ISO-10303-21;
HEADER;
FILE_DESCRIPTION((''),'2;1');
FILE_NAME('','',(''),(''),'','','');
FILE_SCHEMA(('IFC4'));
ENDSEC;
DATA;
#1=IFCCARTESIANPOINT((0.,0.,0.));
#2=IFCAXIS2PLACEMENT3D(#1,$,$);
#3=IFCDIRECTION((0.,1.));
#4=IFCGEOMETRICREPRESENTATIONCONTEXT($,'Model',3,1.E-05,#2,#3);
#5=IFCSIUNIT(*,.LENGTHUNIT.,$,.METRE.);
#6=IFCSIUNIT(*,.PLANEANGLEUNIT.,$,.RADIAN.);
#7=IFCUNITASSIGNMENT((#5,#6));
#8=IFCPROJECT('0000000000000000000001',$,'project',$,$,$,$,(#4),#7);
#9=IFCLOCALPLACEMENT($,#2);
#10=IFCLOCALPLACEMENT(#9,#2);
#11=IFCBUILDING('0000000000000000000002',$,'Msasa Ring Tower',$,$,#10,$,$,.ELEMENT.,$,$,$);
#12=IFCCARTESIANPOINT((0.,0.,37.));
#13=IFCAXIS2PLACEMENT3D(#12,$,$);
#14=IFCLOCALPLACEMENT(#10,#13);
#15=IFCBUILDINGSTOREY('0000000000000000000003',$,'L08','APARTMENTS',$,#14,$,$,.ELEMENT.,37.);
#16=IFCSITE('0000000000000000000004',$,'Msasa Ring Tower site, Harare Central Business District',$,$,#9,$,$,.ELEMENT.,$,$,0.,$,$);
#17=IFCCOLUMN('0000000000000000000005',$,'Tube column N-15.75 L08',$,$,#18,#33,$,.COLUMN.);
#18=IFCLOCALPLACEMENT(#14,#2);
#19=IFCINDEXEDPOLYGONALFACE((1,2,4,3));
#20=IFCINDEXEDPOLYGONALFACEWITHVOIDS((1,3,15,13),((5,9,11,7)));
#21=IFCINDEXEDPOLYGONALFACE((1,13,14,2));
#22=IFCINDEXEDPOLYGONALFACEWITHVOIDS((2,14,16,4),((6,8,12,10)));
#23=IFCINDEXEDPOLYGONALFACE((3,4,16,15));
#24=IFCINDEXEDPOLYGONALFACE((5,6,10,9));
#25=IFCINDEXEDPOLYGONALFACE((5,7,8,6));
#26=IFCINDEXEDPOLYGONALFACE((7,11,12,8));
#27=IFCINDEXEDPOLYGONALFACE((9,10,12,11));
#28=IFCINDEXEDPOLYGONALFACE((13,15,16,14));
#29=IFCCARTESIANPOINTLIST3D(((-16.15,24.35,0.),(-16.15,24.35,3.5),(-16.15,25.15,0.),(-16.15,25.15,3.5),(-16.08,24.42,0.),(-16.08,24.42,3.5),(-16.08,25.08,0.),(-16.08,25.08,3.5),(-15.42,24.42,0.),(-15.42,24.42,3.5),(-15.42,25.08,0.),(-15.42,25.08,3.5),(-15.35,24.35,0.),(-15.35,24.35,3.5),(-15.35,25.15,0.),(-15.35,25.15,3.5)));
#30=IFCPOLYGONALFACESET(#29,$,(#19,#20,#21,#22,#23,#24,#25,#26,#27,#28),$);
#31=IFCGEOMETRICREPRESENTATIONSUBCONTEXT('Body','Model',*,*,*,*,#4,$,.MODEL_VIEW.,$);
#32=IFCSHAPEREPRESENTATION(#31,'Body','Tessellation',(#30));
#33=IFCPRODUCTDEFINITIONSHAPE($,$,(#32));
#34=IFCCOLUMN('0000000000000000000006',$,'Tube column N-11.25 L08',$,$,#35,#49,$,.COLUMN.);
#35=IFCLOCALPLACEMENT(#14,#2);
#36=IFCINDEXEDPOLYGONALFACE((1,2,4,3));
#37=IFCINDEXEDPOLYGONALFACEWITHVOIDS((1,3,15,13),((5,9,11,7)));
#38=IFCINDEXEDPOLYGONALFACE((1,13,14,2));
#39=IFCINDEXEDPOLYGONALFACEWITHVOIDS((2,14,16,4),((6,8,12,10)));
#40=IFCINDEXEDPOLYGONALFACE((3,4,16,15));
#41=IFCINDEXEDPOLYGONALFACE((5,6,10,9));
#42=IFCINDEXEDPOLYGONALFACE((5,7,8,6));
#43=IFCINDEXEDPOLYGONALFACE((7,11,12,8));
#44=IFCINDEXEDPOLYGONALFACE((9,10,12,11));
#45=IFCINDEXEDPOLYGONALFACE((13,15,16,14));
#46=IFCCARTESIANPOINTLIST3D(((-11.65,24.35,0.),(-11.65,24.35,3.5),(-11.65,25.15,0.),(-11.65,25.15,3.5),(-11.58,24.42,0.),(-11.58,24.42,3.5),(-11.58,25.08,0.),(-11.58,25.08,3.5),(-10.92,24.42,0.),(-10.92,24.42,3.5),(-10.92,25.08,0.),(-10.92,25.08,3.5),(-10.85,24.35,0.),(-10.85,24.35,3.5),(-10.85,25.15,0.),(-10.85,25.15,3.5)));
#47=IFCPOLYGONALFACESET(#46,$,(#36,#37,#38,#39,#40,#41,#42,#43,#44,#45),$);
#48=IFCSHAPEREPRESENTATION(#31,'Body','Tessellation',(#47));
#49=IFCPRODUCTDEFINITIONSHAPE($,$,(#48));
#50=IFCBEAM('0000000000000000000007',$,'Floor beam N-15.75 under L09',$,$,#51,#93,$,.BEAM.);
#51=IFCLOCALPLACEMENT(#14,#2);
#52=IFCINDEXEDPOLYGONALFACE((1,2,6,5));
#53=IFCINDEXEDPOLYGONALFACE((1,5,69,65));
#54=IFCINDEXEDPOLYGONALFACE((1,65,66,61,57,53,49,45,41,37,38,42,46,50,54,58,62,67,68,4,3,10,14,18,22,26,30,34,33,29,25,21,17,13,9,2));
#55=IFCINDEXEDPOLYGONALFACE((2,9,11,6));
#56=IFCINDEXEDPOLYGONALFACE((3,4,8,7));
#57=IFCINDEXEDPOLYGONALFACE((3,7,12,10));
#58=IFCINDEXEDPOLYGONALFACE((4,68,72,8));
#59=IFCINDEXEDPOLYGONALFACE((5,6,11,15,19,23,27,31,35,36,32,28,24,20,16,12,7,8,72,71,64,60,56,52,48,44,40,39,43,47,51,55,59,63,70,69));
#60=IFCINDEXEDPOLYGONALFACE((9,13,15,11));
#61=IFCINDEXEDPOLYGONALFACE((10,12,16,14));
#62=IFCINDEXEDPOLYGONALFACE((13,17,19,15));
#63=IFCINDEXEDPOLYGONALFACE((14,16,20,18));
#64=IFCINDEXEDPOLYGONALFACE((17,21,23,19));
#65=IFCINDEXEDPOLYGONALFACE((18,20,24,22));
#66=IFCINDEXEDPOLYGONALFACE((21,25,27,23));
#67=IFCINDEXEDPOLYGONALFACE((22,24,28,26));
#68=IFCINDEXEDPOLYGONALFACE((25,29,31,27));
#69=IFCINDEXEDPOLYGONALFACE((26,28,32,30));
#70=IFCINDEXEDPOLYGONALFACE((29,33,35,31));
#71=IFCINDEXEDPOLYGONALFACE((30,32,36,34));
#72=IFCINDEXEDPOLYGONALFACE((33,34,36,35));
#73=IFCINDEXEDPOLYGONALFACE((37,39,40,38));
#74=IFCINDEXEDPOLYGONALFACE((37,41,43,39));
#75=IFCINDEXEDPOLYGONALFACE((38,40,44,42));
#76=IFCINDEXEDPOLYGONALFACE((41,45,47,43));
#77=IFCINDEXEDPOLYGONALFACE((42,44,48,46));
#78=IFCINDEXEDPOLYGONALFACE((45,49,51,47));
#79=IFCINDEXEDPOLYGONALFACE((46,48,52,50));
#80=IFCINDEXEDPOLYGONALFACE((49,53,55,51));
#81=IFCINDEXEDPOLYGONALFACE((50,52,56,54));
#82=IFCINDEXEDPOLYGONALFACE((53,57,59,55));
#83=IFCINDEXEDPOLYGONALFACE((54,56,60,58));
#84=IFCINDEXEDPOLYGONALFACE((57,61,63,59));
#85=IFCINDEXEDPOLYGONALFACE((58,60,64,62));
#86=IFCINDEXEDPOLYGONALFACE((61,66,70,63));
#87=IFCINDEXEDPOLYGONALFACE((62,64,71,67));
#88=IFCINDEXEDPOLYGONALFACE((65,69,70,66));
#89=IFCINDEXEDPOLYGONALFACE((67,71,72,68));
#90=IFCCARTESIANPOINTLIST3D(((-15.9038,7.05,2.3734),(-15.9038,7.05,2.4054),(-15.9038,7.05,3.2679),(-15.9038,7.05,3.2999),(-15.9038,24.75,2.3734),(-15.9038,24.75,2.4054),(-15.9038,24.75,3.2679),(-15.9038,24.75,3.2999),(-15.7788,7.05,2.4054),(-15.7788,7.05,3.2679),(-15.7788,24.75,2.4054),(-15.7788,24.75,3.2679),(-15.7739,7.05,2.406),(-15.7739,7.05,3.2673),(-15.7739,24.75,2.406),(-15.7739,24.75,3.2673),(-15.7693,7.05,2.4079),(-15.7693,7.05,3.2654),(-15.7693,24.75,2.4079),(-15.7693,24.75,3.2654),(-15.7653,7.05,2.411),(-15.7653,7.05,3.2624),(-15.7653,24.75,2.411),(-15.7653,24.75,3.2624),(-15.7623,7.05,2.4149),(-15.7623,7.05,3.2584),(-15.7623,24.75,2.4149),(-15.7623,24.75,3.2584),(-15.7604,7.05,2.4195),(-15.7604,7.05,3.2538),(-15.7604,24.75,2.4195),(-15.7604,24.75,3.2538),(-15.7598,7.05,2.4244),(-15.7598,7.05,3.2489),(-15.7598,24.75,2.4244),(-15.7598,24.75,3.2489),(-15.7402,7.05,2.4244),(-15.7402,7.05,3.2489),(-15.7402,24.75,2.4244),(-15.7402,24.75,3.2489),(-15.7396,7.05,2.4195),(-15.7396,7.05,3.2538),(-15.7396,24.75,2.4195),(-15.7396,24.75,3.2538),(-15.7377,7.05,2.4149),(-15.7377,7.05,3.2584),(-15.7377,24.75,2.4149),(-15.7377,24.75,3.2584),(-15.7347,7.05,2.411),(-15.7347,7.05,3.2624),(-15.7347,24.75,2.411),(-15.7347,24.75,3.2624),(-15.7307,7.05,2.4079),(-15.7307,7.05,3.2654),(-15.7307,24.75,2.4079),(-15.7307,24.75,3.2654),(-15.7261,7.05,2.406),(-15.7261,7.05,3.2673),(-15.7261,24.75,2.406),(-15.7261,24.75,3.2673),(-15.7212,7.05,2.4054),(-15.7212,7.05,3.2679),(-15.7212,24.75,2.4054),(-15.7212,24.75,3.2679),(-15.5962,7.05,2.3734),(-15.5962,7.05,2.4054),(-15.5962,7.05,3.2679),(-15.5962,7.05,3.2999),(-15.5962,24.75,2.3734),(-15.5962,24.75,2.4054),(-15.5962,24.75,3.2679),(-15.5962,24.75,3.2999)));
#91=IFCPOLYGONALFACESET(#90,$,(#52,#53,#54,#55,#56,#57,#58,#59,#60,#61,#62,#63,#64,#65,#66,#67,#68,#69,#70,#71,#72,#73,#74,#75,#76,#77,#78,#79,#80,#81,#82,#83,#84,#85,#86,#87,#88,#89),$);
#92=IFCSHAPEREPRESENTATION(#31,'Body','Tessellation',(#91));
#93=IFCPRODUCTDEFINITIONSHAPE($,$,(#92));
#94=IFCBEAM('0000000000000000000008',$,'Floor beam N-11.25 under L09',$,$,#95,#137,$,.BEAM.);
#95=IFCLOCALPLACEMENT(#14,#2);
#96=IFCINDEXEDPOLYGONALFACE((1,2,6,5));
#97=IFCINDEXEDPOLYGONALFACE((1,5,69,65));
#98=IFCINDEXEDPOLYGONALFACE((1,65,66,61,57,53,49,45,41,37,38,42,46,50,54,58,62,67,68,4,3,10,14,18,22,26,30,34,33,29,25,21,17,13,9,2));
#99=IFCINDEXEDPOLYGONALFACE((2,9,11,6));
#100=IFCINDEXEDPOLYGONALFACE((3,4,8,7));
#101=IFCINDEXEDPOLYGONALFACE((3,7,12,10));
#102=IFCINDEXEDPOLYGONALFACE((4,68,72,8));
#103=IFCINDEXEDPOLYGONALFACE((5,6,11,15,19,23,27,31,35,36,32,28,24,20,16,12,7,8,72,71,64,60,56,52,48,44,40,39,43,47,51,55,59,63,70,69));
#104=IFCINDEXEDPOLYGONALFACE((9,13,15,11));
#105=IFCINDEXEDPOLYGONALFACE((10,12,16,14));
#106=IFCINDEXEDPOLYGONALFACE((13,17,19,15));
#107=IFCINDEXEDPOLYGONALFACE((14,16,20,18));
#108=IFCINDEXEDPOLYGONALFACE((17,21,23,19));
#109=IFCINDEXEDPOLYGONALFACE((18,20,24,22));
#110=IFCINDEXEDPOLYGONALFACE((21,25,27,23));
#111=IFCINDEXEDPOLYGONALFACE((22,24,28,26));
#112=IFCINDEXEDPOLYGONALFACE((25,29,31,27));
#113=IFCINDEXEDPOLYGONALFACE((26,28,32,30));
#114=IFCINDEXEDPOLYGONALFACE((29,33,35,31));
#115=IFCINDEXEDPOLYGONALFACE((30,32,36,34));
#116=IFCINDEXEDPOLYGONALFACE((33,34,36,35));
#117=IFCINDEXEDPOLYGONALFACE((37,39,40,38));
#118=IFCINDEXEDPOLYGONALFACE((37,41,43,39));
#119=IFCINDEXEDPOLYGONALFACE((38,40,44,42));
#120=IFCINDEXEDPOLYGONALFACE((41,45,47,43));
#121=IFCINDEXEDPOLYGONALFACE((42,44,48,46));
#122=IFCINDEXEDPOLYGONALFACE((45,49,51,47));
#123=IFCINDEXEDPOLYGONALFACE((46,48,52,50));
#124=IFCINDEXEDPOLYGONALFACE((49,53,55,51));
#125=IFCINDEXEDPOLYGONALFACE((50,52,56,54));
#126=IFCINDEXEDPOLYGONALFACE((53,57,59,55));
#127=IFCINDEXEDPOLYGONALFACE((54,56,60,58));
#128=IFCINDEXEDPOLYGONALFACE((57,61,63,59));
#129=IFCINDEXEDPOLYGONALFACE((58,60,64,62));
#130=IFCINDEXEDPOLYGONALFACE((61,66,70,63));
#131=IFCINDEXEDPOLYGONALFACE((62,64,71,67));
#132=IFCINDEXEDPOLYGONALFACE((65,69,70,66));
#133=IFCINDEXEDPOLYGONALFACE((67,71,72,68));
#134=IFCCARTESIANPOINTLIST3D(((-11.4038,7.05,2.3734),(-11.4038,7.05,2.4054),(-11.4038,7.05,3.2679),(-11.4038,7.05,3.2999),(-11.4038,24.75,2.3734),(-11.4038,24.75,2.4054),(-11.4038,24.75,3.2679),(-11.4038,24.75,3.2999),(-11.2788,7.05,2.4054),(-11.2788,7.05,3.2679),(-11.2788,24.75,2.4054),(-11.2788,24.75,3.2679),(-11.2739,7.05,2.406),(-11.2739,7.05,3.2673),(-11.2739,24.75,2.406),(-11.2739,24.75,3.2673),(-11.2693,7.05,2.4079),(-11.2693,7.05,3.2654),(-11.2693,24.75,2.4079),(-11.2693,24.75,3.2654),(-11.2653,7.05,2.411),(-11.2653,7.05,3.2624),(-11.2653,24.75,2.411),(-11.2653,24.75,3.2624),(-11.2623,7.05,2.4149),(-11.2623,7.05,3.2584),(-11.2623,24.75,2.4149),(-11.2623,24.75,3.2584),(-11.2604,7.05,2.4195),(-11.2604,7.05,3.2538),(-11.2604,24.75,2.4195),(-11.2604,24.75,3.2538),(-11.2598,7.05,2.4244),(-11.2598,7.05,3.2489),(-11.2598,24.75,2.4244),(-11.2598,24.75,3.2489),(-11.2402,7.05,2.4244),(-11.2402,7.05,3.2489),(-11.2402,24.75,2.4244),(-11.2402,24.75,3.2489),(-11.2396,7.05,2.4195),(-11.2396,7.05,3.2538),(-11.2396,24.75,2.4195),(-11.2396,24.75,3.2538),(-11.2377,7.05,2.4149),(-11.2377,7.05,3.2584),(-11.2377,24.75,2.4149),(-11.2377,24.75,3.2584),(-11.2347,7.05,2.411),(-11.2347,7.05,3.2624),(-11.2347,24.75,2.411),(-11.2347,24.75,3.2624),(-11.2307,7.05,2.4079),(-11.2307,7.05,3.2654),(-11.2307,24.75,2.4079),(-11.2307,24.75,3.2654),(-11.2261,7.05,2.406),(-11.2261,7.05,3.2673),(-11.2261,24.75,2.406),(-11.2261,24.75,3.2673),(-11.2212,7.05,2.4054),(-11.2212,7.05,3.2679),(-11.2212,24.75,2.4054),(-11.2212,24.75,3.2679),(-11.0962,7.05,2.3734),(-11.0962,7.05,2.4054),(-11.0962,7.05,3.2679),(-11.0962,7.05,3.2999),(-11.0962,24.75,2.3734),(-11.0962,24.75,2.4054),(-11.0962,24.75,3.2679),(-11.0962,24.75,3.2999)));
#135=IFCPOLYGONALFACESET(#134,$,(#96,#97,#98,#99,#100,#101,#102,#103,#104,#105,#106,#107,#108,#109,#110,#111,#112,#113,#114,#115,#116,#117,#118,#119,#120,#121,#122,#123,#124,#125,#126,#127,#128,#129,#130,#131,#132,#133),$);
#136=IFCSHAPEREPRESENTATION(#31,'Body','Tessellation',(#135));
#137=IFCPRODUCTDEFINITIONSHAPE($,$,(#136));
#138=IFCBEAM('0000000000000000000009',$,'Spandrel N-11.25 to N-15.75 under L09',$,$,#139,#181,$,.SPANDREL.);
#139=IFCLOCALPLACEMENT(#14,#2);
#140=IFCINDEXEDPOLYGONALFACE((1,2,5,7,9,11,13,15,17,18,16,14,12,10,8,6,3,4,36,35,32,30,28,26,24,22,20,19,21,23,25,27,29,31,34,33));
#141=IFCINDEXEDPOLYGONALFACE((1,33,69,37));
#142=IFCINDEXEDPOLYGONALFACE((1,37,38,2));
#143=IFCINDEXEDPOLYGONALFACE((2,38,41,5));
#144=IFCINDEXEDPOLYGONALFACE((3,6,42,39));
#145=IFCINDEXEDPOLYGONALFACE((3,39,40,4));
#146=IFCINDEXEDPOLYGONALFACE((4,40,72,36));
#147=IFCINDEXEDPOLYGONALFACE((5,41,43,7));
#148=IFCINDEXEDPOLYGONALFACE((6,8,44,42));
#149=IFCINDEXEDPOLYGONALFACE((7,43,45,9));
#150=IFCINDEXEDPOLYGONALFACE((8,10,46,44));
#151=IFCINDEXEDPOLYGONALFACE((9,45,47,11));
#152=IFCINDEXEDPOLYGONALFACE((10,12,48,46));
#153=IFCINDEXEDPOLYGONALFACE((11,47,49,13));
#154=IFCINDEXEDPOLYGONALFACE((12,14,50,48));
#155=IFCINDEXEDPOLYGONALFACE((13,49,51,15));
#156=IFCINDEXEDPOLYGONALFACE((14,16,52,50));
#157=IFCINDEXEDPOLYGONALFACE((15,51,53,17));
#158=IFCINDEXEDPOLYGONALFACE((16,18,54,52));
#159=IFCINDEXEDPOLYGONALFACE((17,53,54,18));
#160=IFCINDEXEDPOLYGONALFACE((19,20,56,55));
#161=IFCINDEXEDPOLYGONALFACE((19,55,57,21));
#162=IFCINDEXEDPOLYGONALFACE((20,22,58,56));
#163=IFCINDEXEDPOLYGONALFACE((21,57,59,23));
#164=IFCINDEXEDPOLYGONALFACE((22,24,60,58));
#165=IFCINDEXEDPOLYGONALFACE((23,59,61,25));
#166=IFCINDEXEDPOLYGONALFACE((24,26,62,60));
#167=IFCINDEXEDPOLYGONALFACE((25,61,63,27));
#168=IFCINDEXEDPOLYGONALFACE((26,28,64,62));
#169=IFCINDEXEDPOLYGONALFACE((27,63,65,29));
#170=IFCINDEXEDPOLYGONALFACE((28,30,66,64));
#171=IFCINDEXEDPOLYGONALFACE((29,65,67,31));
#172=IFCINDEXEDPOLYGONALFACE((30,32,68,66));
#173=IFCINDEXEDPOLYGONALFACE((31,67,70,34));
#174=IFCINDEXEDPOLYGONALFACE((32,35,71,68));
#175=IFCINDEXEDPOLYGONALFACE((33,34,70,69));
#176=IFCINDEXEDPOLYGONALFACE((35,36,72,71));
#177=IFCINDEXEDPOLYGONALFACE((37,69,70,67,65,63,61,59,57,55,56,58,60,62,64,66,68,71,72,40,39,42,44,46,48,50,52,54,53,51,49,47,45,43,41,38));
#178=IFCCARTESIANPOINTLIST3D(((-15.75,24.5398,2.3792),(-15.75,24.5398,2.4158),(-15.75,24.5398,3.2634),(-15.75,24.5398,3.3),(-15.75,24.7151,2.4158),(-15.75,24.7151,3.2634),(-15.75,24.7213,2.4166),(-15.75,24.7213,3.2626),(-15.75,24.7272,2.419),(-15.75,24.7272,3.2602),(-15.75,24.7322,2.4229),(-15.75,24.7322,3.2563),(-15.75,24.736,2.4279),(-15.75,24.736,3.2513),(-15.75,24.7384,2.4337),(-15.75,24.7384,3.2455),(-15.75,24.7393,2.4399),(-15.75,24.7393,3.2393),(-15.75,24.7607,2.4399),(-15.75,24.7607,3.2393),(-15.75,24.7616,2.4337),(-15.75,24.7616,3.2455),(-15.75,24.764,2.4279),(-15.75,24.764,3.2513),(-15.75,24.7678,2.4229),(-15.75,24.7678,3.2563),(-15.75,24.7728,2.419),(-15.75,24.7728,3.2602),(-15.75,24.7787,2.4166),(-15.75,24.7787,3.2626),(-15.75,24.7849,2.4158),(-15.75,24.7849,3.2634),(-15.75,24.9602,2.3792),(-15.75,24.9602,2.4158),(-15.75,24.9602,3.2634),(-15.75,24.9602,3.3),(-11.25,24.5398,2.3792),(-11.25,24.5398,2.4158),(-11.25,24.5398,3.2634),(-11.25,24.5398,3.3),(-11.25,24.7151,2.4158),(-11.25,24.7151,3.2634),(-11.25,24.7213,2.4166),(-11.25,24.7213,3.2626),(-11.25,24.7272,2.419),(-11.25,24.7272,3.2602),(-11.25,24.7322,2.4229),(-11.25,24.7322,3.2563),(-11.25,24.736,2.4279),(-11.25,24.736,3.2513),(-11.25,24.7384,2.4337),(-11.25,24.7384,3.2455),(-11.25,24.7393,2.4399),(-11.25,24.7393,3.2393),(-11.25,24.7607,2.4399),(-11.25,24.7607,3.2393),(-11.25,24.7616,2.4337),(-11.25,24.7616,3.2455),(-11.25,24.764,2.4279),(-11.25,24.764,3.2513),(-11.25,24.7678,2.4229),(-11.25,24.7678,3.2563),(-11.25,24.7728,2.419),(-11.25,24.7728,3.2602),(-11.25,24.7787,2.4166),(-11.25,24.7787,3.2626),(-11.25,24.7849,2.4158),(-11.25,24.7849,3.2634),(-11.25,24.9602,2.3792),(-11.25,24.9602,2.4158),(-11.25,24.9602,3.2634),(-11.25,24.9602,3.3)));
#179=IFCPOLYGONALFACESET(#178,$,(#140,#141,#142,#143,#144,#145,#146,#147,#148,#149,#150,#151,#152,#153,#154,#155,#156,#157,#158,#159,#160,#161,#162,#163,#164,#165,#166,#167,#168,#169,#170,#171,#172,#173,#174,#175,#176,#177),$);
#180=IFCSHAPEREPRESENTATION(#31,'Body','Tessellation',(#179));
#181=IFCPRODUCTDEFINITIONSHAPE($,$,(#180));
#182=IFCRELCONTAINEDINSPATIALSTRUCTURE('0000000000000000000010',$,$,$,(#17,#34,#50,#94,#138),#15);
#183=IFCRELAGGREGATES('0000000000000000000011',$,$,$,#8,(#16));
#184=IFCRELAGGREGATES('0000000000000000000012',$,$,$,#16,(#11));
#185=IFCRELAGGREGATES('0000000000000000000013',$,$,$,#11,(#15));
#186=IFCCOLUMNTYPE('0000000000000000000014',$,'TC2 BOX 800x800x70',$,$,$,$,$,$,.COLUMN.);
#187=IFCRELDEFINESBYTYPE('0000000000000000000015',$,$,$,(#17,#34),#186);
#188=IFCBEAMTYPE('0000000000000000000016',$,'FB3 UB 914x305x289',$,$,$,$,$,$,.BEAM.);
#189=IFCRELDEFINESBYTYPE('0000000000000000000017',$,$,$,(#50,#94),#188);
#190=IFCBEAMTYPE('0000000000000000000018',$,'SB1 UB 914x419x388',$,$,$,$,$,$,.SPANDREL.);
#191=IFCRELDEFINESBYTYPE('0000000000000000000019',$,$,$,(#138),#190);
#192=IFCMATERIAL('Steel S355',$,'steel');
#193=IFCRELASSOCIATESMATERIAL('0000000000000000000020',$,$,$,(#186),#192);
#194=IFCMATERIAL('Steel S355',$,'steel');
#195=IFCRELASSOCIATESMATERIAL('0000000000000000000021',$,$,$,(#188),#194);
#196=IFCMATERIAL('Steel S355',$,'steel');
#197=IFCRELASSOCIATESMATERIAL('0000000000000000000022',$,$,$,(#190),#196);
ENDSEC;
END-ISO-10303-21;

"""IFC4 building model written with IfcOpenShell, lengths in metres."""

from ifc_helpers import new_model, si_unit, direction, frame, origin, origin_2d, place, context, subcontext, project, spatial, hollow_rectangle, i_section, extrude, material, material_profile, profile_set, type_object, element, save


model = new_model("IFC4")

# Units and contexts
model_context = context("Model", 3, precision=1e-05, world=origin(), true_north=direction((0.0, 1.0)))
body_context = subcontext(model_context, "Body", "Model", "MODEL_VIEW")
ifc_project = project(units=[si_unit("LENGTHUNIT", "METRE"), si_unit("PLANEANGLEUNIT", "RADIAN")], contexts=[model_context])

# Site, building, storey
site_placement = place(None, origin())
site = spatial("IfcSite", under=ifc_project, at=site_placement, Name="Msasa Ring Tower site, Harare Central Business District", CompositionType="ELEMENT", RefElevation=0.0)
building_placement = place(site_placement, origin())
building = spatial("IfcBuilding", under=site, at=building_placement, Name="Msasa Ring Tower", CompositionType="ELEMENT")
storey_placement = place(building_placement, frame((0.0, 0.0, 37.0)))
storey = spatial("IfcBuildingStorey", under=building, at=storey_placement, Name="L08", Description="APARTMENTS", CompositionType="ELEMENT", Elevation=37.0)

# Columns
ifc_material_1 = material(Name="Steel S355", Category="steel")
ifc_material_profile_1 = material_profile(ifc_material_1, hollow_rectangle(XDim=0.8, YDim=0.8, WallThickness=0.0701, at=origin_2d()), Name="BOX 800x800x70")
ifc_profile_set_1 = profile_set([ifc_material_profile_1], Name="Steel S355")
column_type = type_object("IfcColumnType", Name="TC2 BOX 800x800x70", PredefinedType="COLUMN", material=ifc_profile_set_1)
for number, where, z_axis, x_axis, name in (
    (1, (-15.75, 24.75, 0.0), (0.0, 0.0, 1.0), (0.0, 1.0, 0.0), "Tube column N-15.75 L08"),
    (2, (-11.25, 24.75, 0.0), (0.0, 0.0, 1.0), (0.0, 1.0, 0.0), "Tube column N-11.25 L08"),
):
    element("IfcColumn", number, at=place(storey_placement, frame(where, z_axis=z_axis, x_axis=x_axis)), inside=storey, type_object=column_type, Name=name, PredefinedType="COLUMN", context=body_context, shape_type="SweptSolid", body=[
        extrude(hollow_rectangle(XDim=0.8, YDim=0.8, WallThickness=0.0701, at=origin_2d()), origin(), (0.0, 0.0, 1.0), 3.5),
    ])

# Beams
ifc_material_2 = material(Name="Steel S355", Category="steel")
ifc_material_profile_2 = material_profile(ifc_material_2, i_section(OverallWidth=0.3076, OverallDepth=0.9265, WebThickness=0.0195, FlangeThickness=0.032, FilletRadius=0.019, at=origin_2d()), Name="UB 914x305x289")
ifc_profile_set_2 = profile_set([ifc_material_profile_2], Name="Steel S355")
beam_type_1 = type_object("IfcBeamType", Name="FB3 UB 914x305x289", PredefinedType="BEAM", material=ifc_profile_set_2)
for number, where, z_axis, x_axis, name in (
    (3, (-15.75, 24.75, 2.8367), (0.0, -1.0, 0.0), (1.0, 0.0, 0.0), "Floor beam N-15.75 under L09"),
    (4, (-11.25, 24.75, 2.8367), (0.0, -1.0, 0.0), (1.0, 0.0, 0.0), "Floor beam N-11.25 under L09"),
):
    element("IfcBeam", number, at=place(storey_placement, frame(where, z_axis=z_axis, x_axis=x_axis)), inside=storey, type_object=beam_type_1, Name=name, PredefinedType="BEAM", context=body_context, shape_type="SweptSolid", body=[
        extrude(i_section(OverallWidth=0.3076, OverallDepth=0.9265, WebThickness=0.0195, FlangeThickness=0.032, FilletRadius=0.019, at=origin_2d()), origin(), (0.0, 0.0, 1.0), 17.7),
    ])
ifc_material_3 = material(Name="Steel S355", Category="steel")
ifc_material_profile_3 = material_profile(ifc_material_3, i_section(OverallWidth=0.4204, OverallDepth=0.9209, WebThickness=0.0215, FlangeThickness=0.0366, FilletRadius=0.0242, at=origin_2d()), Name="UB 914x419x388")
ifc_profile_set_3 = profile_set([ifc_material_profile_3], Name="Steel S355")
beam_type_2 = type_object("IfcBeamType", Name="SB1 UB 914x419x388", PredefinedType="SPANDREL", material=ifc_profile_set_3)
for number, where, z_axis, x_axis, name in (
    (5, (-11.25, 24.75, 2.8396), (-1.0, 0.0, 0.0), (0.0, -1.0, 0.0), "Spandrel N-11.25 to N-15.75 under L09"),
):
    element("IfcBeam", number, at=place(storey_placement, frame(where, z_axis=z_axis, x_axis=x_axis)), inside=storey, type_object=beam_type_2, Name=name, PredefinedType="SPANDREL", context=body_context, shape_type="SweptSolid", body=[
        extrude(i_section(OverallWidth=0.4204, OverallDepth=0.9209, WebThickness=0.0215, FlangeThickness=0.0366, FilletRadius=0.0242, at=origin_2d()), origin(), (0.0, 0.0, 1.0), 4.5),
    ])

save(model, "model.ifc")
